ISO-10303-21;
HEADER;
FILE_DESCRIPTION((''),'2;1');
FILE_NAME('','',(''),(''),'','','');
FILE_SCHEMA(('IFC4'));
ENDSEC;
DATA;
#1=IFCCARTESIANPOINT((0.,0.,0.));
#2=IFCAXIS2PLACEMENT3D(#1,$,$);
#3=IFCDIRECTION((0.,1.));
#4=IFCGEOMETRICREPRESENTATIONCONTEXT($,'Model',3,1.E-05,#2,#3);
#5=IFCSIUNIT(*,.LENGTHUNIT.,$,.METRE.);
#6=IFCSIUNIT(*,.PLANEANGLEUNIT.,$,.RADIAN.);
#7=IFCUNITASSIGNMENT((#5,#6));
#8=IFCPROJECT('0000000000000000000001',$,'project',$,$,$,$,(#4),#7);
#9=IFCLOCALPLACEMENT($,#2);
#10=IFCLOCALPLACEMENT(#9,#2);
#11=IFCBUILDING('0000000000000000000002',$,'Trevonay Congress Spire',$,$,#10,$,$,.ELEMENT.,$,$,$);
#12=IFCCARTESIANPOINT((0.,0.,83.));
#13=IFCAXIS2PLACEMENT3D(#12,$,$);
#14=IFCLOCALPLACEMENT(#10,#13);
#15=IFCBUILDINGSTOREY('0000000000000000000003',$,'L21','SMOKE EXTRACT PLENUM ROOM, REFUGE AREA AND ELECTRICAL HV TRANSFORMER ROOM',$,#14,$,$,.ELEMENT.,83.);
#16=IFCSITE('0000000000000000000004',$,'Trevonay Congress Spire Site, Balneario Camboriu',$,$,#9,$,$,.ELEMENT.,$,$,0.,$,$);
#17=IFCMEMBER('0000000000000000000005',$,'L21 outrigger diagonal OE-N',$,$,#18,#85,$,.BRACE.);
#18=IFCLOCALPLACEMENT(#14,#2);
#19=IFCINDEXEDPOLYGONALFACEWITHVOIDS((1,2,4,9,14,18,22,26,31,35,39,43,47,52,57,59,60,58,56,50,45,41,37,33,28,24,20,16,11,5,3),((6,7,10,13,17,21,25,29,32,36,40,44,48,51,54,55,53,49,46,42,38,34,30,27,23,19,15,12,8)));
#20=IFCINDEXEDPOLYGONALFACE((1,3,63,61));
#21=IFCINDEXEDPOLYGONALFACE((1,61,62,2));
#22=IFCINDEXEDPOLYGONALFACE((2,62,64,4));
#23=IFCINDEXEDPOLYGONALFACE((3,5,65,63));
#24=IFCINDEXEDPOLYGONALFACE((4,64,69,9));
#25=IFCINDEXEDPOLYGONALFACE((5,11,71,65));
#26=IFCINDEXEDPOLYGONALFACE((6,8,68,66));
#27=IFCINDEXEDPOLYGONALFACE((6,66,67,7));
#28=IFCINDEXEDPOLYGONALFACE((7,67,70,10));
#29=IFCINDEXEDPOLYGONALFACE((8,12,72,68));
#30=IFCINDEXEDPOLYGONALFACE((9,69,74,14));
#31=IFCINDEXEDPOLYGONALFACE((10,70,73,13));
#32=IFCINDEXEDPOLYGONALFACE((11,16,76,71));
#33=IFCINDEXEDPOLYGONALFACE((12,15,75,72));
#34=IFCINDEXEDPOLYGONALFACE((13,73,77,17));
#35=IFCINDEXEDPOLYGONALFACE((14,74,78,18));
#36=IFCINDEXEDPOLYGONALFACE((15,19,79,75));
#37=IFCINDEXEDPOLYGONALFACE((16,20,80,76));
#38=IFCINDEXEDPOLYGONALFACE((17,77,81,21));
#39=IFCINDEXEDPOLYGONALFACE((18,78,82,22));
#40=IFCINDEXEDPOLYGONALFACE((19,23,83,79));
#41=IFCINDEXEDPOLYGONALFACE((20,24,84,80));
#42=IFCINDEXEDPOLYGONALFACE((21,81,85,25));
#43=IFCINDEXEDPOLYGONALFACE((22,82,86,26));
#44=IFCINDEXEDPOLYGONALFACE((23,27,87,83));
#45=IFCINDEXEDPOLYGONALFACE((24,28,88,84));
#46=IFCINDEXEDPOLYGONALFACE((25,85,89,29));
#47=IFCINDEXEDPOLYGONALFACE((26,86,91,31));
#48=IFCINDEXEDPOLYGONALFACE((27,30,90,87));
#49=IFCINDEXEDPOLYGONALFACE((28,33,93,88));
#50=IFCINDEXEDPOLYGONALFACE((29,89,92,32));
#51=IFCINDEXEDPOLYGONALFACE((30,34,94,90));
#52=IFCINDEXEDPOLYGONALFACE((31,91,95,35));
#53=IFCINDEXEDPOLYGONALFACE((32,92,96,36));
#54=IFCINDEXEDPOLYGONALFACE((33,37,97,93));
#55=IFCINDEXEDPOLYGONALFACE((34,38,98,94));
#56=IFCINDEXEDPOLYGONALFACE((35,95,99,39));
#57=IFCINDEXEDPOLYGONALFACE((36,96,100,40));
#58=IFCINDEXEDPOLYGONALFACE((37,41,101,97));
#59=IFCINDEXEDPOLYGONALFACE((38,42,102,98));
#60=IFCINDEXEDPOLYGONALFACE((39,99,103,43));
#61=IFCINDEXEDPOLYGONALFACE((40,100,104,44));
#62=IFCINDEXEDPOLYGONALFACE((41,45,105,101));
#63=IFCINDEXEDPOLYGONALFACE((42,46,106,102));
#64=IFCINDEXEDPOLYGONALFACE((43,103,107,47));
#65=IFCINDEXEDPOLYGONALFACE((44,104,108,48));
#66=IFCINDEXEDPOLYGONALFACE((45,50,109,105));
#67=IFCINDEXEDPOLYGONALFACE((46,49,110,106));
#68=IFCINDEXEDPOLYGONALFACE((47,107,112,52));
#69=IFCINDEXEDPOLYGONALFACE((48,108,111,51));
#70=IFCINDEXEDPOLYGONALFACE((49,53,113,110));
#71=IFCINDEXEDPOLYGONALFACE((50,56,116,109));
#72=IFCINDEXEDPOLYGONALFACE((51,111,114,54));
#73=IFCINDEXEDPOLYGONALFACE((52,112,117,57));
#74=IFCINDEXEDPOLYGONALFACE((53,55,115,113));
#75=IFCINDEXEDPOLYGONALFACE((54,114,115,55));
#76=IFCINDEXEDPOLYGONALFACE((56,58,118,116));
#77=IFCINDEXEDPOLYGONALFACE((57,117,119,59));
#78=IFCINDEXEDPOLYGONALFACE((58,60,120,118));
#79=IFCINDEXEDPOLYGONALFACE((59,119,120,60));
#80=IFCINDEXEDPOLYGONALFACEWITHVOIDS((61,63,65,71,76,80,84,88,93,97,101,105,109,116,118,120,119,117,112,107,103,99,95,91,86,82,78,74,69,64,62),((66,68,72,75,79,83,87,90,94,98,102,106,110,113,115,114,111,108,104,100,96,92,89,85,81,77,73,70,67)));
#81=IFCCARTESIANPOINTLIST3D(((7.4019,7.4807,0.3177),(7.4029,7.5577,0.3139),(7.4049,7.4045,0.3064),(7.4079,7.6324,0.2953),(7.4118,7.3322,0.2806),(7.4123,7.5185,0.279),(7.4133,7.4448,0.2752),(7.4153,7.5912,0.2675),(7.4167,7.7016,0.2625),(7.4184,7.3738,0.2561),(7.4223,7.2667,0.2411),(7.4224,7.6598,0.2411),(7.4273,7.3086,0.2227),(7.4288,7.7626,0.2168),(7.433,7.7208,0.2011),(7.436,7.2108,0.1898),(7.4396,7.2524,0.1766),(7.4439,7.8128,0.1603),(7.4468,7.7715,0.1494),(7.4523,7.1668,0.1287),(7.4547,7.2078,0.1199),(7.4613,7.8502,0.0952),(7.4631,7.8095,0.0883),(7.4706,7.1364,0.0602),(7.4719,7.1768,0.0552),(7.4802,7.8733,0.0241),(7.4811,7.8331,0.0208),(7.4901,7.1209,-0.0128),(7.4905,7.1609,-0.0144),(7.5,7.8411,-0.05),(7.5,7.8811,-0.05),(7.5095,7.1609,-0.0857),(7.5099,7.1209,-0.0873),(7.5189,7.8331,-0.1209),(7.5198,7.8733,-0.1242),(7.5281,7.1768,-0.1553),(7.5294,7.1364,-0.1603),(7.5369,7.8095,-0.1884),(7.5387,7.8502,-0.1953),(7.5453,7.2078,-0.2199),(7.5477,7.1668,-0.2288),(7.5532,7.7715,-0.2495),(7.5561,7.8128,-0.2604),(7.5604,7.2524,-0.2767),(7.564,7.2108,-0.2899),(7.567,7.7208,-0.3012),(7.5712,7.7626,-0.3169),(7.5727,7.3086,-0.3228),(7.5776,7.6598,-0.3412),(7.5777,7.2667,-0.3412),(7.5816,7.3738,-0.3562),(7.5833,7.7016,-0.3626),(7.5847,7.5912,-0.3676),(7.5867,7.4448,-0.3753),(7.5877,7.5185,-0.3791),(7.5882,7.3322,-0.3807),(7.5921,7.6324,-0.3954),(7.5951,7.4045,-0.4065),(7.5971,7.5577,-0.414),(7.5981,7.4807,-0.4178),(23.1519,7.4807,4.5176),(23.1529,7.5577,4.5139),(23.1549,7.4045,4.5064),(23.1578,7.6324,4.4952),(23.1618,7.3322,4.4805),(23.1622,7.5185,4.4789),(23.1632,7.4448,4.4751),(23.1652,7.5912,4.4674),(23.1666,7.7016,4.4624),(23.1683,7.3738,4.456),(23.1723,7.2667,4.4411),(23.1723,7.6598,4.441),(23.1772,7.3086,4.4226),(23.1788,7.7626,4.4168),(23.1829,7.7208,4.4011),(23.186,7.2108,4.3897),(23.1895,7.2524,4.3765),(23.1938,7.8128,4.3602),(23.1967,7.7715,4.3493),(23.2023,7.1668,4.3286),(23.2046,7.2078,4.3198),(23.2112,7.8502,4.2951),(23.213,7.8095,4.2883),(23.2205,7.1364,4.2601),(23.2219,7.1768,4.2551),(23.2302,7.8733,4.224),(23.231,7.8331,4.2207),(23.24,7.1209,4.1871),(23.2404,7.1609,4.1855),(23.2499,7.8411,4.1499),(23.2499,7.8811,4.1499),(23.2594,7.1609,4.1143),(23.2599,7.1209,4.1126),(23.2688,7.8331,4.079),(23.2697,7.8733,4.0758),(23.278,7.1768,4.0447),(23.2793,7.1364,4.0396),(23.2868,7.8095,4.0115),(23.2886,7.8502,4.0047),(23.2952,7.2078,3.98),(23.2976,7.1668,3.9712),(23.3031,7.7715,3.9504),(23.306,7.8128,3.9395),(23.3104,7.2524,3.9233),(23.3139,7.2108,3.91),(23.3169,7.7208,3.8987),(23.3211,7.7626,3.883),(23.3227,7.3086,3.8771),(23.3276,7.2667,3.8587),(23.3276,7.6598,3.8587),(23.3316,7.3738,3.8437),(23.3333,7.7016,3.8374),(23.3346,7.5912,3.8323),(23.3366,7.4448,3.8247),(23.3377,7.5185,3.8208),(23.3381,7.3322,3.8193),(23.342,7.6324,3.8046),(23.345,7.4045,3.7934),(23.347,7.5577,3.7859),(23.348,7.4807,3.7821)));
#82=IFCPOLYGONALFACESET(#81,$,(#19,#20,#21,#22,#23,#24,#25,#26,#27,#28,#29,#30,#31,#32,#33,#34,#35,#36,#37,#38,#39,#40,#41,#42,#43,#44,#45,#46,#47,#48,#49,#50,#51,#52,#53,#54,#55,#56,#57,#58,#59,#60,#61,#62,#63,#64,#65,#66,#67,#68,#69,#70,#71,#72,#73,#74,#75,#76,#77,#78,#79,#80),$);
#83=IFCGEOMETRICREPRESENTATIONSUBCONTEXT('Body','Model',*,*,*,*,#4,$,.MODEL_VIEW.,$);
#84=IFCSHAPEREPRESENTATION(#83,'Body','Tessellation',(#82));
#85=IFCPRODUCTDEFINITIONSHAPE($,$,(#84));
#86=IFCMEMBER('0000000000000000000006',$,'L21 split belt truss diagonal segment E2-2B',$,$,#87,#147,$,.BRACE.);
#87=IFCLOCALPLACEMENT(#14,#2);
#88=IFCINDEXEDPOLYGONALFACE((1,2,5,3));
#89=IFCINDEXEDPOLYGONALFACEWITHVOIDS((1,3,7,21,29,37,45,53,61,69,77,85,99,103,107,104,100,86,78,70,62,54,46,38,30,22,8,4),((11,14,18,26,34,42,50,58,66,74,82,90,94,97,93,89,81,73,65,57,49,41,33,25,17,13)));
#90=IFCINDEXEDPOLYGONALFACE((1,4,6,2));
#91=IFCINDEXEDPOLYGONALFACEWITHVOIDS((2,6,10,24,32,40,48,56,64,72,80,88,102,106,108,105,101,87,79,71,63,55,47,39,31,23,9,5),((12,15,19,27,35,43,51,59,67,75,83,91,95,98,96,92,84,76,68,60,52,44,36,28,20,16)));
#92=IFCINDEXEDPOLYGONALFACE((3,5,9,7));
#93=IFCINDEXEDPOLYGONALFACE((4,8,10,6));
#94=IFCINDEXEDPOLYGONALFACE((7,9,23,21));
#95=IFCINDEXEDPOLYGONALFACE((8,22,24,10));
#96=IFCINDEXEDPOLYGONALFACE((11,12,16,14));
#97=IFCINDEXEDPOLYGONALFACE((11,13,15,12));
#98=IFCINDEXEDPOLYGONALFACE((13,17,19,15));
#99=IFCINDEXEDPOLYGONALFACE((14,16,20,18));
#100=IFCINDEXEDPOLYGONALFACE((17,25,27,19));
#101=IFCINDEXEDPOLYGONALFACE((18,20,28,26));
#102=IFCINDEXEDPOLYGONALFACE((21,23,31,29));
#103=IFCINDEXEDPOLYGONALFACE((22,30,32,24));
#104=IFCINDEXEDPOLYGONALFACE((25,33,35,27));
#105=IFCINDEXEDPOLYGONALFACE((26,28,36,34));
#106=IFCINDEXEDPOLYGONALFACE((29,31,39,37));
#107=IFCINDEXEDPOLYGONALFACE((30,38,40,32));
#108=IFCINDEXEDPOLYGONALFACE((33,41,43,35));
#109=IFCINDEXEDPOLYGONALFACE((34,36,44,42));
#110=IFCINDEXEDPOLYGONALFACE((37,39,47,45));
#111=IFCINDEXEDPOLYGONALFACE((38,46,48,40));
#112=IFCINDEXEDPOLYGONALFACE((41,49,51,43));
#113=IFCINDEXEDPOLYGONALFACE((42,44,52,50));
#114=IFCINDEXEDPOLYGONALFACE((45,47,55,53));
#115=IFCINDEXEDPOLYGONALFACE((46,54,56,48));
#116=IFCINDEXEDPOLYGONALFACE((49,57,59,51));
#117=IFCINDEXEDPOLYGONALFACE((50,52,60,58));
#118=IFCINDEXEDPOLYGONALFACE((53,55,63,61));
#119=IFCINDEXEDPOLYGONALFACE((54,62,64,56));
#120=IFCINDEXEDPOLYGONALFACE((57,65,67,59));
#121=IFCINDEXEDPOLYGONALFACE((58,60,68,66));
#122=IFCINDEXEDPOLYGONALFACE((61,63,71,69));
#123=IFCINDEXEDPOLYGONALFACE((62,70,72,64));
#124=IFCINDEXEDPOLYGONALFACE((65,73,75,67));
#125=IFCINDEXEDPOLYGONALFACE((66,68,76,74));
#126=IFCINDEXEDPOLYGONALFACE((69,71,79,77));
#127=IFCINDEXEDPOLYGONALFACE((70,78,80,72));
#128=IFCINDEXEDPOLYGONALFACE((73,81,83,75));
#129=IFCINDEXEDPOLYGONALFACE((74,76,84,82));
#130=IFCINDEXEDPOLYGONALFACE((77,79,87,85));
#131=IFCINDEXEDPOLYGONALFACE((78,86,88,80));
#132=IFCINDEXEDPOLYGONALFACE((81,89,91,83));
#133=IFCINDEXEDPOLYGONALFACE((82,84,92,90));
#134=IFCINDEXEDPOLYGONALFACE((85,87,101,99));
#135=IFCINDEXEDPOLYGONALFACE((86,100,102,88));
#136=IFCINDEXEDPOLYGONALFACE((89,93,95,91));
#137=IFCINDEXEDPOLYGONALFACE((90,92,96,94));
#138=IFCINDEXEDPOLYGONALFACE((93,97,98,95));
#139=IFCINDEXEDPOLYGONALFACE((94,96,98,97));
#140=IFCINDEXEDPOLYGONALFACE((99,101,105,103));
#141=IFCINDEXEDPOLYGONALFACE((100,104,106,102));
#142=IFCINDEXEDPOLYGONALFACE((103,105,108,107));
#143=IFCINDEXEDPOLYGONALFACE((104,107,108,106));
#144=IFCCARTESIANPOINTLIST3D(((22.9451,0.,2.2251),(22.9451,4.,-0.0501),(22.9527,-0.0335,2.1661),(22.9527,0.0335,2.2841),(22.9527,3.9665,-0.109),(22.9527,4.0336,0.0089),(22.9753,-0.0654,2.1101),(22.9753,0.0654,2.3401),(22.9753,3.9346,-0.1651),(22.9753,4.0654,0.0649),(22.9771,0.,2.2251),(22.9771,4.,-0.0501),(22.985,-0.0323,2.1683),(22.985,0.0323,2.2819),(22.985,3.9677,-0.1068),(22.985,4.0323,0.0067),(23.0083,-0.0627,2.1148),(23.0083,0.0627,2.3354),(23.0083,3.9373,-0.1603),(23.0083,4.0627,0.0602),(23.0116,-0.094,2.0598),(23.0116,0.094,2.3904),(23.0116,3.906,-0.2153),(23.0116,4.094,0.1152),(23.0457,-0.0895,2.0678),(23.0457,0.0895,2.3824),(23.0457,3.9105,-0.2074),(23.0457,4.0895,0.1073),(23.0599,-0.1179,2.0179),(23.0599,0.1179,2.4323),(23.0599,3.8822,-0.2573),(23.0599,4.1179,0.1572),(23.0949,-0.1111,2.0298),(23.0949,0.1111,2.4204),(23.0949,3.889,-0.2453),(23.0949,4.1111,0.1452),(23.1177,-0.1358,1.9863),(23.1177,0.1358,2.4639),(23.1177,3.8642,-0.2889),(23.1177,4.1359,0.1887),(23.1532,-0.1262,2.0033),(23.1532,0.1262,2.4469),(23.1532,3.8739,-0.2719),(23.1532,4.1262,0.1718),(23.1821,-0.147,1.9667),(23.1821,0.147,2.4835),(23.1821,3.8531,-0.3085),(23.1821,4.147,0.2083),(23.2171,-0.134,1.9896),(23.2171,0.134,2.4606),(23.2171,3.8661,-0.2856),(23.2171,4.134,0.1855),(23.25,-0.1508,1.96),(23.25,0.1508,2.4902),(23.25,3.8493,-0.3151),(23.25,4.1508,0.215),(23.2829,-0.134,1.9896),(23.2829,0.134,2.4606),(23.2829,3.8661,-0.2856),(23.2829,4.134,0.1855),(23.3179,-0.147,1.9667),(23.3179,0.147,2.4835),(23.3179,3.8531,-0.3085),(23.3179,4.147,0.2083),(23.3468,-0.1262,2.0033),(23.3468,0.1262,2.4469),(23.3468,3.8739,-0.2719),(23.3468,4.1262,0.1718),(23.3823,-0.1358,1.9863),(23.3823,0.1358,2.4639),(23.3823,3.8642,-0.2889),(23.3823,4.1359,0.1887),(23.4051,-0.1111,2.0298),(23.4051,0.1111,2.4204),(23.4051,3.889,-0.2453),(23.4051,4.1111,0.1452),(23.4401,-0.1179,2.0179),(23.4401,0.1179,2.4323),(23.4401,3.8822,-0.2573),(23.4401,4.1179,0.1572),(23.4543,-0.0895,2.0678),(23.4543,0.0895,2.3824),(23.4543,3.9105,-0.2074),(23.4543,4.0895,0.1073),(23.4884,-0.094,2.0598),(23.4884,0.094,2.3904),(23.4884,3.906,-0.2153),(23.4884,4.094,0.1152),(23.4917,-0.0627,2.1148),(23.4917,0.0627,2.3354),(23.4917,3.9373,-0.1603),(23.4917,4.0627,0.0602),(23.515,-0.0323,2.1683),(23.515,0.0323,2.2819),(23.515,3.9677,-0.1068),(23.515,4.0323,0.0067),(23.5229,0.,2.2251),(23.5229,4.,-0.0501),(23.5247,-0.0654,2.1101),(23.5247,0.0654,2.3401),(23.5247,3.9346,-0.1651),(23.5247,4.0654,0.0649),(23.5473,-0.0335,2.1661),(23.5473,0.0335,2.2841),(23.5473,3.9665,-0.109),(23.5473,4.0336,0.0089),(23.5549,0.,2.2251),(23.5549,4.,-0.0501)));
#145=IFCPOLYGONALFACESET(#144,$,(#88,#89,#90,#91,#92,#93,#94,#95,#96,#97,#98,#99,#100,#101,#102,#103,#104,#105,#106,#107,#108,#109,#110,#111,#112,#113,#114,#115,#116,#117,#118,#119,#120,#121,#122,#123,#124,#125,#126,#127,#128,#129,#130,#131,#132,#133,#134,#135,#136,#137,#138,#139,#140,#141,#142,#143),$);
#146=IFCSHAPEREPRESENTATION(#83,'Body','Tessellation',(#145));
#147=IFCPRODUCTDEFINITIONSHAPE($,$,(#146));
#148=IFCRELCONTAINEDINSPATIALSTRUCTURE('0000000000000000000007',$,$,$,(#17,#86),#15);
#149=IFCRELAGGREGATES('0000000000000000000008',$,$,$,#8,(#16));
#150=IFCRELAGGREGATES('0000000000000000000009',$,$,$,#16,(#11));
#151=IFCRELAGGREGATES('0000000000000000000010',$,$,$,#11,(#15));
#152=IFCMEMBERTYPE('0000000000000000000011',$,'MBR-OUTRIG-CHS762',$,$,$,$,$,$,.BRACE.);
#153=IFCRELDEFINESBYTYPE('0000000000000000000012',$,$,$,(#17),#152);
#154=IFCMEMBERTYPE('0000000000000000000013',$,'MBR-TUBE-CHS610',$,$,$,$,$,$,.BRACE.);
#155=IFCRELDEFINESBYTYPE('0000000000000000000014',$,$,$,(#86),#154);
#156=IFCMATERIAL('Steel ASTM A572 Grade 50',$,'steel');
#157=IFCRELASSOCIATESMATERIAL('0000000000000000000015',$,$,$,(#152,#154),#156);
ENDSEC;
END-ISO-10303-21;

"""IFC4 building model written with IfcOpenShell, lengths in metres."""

from ifc_helpers import new_model, si_unit, direction, frame, origin, origin_2d, place, context, subcontext, project, spatial, hollow_circle, extrude, material, material_profile, profile_set, type_object, element, save


model = new_model("IFC4")

# Units and contexts
model_context = context("Model", 3, precision=1e-05, world=origin(), true_north=direction((0.0, 1.0)))
body_context = subcontext(model_context, "Body", "Model", "MODEL_VIEW")
ifc_project = project(units=[si_unit("LENGTHUNIT", "METRE"), si_unit("PLANEANGLEUNIT", "RADIAN")], contexts=[model_context])

# Site, building, storey
site_placement = place(None, origin())
site = spatial("IfcSite", under=ifc_project, at=site_placement, Name="Trevonay Congress Spire Site, Balneario Camboriu", CompositionType="ELEMENT", RefElevation=0.0)
building_placement = place(site_placement, origin())
building = spatial("IfcBuilding", under=site, at=building_placement, Name="Trevonay Congress Spire", CompositionType="ELEMENT")
storey_placement = place(building_placement, frame((0.0, 0.0, 83.0)))
storey = spatial("IfcBuildingStorey", under=building, at=storey_placement, Name="L21", Description="SMOKE EXTRACT PLENUM ROOM, REFUGE AREA AND ELECTRICAL HV TRANSFORMER ROOM", CompositionType="ELEMENT", Elevation=83.0)

# Shared definitions
ifc_material_1 = material(Name="Steel ASTM A572 Grade 50", Category="steel")

# Members
ifc_material_profile_1 = material_profile(ifc_material_1, hollow_circle(Radius=0.3811, WallThickness=0.04, at=origin_2d()), Name="CHS 762x40")
ifc_profile_set_1 = profile_set([ifc_material_profile_1], Name="Steel ASTM A572 Grade 50")
member_type_1 = type_object("IfcMemberType", Name="MBR-OUTRIG-CHS762", PredefinedType="BRACE", material=ifc_profile_set_1)
member_1_placement = place(storey_placement, frame((7.5, 7.5, -0.05), z_axis=(0.966236, 0.0, 0.25766), x_axis=(0.0, 1.0, 0.0)))
element("IfcMember", 1, at=member_1_placement, inside=storey, type_object=member_type_1, Name="L21 outrigger diagonal OE-N", PredefinedType="BRACE", context=body_context, shape_type="SweptSolid", body=[
    extrude(hollow_circle(Radius=0.3811, WallThickness=0.04, at=origin_2d()), origin(), (0.0, 0.0, 1.0), 16.3003),
])
ifc_material_profile_2 = material_profile(ifc_material_1, hollow_circle(Radius=0.3049, WallThickness=0.032, at=origin_2d()), Name="CHS 610x32")
ifc_profile_set_2 = profile_set([ifc_material_profile_2], Name="Steel ASTM A572 Grade 50")
member_type_2 = type_object("IfcMemberType", Name="MBR-TUBE-CHS610", PredefinedType="BRACE", material=ifc_profile_set_2)
member_2_placement = place(storey_placement, frame((23.25, 0.0, 2.2251), z_axis=(0.0, 0.869231, -0.494407), x_axis=(-1.0, 0.0, 0.0)))
element("IfcMember", 2, at=member_2_placement, inside=storey, type_object=member_type_2, Name="L21 split belt truss diagonal segment E2-2B", PredefinedType="BRACE", context=body_context, shape_type="SweptSolid", body=[
    extrude(hollow_circle(Radius=0.3049, WallThickness=0.032, at=origin_2d()), origin(), (0.0, 0.0, 1.0), 4.6018),
])

save(model, "model.ifc")
